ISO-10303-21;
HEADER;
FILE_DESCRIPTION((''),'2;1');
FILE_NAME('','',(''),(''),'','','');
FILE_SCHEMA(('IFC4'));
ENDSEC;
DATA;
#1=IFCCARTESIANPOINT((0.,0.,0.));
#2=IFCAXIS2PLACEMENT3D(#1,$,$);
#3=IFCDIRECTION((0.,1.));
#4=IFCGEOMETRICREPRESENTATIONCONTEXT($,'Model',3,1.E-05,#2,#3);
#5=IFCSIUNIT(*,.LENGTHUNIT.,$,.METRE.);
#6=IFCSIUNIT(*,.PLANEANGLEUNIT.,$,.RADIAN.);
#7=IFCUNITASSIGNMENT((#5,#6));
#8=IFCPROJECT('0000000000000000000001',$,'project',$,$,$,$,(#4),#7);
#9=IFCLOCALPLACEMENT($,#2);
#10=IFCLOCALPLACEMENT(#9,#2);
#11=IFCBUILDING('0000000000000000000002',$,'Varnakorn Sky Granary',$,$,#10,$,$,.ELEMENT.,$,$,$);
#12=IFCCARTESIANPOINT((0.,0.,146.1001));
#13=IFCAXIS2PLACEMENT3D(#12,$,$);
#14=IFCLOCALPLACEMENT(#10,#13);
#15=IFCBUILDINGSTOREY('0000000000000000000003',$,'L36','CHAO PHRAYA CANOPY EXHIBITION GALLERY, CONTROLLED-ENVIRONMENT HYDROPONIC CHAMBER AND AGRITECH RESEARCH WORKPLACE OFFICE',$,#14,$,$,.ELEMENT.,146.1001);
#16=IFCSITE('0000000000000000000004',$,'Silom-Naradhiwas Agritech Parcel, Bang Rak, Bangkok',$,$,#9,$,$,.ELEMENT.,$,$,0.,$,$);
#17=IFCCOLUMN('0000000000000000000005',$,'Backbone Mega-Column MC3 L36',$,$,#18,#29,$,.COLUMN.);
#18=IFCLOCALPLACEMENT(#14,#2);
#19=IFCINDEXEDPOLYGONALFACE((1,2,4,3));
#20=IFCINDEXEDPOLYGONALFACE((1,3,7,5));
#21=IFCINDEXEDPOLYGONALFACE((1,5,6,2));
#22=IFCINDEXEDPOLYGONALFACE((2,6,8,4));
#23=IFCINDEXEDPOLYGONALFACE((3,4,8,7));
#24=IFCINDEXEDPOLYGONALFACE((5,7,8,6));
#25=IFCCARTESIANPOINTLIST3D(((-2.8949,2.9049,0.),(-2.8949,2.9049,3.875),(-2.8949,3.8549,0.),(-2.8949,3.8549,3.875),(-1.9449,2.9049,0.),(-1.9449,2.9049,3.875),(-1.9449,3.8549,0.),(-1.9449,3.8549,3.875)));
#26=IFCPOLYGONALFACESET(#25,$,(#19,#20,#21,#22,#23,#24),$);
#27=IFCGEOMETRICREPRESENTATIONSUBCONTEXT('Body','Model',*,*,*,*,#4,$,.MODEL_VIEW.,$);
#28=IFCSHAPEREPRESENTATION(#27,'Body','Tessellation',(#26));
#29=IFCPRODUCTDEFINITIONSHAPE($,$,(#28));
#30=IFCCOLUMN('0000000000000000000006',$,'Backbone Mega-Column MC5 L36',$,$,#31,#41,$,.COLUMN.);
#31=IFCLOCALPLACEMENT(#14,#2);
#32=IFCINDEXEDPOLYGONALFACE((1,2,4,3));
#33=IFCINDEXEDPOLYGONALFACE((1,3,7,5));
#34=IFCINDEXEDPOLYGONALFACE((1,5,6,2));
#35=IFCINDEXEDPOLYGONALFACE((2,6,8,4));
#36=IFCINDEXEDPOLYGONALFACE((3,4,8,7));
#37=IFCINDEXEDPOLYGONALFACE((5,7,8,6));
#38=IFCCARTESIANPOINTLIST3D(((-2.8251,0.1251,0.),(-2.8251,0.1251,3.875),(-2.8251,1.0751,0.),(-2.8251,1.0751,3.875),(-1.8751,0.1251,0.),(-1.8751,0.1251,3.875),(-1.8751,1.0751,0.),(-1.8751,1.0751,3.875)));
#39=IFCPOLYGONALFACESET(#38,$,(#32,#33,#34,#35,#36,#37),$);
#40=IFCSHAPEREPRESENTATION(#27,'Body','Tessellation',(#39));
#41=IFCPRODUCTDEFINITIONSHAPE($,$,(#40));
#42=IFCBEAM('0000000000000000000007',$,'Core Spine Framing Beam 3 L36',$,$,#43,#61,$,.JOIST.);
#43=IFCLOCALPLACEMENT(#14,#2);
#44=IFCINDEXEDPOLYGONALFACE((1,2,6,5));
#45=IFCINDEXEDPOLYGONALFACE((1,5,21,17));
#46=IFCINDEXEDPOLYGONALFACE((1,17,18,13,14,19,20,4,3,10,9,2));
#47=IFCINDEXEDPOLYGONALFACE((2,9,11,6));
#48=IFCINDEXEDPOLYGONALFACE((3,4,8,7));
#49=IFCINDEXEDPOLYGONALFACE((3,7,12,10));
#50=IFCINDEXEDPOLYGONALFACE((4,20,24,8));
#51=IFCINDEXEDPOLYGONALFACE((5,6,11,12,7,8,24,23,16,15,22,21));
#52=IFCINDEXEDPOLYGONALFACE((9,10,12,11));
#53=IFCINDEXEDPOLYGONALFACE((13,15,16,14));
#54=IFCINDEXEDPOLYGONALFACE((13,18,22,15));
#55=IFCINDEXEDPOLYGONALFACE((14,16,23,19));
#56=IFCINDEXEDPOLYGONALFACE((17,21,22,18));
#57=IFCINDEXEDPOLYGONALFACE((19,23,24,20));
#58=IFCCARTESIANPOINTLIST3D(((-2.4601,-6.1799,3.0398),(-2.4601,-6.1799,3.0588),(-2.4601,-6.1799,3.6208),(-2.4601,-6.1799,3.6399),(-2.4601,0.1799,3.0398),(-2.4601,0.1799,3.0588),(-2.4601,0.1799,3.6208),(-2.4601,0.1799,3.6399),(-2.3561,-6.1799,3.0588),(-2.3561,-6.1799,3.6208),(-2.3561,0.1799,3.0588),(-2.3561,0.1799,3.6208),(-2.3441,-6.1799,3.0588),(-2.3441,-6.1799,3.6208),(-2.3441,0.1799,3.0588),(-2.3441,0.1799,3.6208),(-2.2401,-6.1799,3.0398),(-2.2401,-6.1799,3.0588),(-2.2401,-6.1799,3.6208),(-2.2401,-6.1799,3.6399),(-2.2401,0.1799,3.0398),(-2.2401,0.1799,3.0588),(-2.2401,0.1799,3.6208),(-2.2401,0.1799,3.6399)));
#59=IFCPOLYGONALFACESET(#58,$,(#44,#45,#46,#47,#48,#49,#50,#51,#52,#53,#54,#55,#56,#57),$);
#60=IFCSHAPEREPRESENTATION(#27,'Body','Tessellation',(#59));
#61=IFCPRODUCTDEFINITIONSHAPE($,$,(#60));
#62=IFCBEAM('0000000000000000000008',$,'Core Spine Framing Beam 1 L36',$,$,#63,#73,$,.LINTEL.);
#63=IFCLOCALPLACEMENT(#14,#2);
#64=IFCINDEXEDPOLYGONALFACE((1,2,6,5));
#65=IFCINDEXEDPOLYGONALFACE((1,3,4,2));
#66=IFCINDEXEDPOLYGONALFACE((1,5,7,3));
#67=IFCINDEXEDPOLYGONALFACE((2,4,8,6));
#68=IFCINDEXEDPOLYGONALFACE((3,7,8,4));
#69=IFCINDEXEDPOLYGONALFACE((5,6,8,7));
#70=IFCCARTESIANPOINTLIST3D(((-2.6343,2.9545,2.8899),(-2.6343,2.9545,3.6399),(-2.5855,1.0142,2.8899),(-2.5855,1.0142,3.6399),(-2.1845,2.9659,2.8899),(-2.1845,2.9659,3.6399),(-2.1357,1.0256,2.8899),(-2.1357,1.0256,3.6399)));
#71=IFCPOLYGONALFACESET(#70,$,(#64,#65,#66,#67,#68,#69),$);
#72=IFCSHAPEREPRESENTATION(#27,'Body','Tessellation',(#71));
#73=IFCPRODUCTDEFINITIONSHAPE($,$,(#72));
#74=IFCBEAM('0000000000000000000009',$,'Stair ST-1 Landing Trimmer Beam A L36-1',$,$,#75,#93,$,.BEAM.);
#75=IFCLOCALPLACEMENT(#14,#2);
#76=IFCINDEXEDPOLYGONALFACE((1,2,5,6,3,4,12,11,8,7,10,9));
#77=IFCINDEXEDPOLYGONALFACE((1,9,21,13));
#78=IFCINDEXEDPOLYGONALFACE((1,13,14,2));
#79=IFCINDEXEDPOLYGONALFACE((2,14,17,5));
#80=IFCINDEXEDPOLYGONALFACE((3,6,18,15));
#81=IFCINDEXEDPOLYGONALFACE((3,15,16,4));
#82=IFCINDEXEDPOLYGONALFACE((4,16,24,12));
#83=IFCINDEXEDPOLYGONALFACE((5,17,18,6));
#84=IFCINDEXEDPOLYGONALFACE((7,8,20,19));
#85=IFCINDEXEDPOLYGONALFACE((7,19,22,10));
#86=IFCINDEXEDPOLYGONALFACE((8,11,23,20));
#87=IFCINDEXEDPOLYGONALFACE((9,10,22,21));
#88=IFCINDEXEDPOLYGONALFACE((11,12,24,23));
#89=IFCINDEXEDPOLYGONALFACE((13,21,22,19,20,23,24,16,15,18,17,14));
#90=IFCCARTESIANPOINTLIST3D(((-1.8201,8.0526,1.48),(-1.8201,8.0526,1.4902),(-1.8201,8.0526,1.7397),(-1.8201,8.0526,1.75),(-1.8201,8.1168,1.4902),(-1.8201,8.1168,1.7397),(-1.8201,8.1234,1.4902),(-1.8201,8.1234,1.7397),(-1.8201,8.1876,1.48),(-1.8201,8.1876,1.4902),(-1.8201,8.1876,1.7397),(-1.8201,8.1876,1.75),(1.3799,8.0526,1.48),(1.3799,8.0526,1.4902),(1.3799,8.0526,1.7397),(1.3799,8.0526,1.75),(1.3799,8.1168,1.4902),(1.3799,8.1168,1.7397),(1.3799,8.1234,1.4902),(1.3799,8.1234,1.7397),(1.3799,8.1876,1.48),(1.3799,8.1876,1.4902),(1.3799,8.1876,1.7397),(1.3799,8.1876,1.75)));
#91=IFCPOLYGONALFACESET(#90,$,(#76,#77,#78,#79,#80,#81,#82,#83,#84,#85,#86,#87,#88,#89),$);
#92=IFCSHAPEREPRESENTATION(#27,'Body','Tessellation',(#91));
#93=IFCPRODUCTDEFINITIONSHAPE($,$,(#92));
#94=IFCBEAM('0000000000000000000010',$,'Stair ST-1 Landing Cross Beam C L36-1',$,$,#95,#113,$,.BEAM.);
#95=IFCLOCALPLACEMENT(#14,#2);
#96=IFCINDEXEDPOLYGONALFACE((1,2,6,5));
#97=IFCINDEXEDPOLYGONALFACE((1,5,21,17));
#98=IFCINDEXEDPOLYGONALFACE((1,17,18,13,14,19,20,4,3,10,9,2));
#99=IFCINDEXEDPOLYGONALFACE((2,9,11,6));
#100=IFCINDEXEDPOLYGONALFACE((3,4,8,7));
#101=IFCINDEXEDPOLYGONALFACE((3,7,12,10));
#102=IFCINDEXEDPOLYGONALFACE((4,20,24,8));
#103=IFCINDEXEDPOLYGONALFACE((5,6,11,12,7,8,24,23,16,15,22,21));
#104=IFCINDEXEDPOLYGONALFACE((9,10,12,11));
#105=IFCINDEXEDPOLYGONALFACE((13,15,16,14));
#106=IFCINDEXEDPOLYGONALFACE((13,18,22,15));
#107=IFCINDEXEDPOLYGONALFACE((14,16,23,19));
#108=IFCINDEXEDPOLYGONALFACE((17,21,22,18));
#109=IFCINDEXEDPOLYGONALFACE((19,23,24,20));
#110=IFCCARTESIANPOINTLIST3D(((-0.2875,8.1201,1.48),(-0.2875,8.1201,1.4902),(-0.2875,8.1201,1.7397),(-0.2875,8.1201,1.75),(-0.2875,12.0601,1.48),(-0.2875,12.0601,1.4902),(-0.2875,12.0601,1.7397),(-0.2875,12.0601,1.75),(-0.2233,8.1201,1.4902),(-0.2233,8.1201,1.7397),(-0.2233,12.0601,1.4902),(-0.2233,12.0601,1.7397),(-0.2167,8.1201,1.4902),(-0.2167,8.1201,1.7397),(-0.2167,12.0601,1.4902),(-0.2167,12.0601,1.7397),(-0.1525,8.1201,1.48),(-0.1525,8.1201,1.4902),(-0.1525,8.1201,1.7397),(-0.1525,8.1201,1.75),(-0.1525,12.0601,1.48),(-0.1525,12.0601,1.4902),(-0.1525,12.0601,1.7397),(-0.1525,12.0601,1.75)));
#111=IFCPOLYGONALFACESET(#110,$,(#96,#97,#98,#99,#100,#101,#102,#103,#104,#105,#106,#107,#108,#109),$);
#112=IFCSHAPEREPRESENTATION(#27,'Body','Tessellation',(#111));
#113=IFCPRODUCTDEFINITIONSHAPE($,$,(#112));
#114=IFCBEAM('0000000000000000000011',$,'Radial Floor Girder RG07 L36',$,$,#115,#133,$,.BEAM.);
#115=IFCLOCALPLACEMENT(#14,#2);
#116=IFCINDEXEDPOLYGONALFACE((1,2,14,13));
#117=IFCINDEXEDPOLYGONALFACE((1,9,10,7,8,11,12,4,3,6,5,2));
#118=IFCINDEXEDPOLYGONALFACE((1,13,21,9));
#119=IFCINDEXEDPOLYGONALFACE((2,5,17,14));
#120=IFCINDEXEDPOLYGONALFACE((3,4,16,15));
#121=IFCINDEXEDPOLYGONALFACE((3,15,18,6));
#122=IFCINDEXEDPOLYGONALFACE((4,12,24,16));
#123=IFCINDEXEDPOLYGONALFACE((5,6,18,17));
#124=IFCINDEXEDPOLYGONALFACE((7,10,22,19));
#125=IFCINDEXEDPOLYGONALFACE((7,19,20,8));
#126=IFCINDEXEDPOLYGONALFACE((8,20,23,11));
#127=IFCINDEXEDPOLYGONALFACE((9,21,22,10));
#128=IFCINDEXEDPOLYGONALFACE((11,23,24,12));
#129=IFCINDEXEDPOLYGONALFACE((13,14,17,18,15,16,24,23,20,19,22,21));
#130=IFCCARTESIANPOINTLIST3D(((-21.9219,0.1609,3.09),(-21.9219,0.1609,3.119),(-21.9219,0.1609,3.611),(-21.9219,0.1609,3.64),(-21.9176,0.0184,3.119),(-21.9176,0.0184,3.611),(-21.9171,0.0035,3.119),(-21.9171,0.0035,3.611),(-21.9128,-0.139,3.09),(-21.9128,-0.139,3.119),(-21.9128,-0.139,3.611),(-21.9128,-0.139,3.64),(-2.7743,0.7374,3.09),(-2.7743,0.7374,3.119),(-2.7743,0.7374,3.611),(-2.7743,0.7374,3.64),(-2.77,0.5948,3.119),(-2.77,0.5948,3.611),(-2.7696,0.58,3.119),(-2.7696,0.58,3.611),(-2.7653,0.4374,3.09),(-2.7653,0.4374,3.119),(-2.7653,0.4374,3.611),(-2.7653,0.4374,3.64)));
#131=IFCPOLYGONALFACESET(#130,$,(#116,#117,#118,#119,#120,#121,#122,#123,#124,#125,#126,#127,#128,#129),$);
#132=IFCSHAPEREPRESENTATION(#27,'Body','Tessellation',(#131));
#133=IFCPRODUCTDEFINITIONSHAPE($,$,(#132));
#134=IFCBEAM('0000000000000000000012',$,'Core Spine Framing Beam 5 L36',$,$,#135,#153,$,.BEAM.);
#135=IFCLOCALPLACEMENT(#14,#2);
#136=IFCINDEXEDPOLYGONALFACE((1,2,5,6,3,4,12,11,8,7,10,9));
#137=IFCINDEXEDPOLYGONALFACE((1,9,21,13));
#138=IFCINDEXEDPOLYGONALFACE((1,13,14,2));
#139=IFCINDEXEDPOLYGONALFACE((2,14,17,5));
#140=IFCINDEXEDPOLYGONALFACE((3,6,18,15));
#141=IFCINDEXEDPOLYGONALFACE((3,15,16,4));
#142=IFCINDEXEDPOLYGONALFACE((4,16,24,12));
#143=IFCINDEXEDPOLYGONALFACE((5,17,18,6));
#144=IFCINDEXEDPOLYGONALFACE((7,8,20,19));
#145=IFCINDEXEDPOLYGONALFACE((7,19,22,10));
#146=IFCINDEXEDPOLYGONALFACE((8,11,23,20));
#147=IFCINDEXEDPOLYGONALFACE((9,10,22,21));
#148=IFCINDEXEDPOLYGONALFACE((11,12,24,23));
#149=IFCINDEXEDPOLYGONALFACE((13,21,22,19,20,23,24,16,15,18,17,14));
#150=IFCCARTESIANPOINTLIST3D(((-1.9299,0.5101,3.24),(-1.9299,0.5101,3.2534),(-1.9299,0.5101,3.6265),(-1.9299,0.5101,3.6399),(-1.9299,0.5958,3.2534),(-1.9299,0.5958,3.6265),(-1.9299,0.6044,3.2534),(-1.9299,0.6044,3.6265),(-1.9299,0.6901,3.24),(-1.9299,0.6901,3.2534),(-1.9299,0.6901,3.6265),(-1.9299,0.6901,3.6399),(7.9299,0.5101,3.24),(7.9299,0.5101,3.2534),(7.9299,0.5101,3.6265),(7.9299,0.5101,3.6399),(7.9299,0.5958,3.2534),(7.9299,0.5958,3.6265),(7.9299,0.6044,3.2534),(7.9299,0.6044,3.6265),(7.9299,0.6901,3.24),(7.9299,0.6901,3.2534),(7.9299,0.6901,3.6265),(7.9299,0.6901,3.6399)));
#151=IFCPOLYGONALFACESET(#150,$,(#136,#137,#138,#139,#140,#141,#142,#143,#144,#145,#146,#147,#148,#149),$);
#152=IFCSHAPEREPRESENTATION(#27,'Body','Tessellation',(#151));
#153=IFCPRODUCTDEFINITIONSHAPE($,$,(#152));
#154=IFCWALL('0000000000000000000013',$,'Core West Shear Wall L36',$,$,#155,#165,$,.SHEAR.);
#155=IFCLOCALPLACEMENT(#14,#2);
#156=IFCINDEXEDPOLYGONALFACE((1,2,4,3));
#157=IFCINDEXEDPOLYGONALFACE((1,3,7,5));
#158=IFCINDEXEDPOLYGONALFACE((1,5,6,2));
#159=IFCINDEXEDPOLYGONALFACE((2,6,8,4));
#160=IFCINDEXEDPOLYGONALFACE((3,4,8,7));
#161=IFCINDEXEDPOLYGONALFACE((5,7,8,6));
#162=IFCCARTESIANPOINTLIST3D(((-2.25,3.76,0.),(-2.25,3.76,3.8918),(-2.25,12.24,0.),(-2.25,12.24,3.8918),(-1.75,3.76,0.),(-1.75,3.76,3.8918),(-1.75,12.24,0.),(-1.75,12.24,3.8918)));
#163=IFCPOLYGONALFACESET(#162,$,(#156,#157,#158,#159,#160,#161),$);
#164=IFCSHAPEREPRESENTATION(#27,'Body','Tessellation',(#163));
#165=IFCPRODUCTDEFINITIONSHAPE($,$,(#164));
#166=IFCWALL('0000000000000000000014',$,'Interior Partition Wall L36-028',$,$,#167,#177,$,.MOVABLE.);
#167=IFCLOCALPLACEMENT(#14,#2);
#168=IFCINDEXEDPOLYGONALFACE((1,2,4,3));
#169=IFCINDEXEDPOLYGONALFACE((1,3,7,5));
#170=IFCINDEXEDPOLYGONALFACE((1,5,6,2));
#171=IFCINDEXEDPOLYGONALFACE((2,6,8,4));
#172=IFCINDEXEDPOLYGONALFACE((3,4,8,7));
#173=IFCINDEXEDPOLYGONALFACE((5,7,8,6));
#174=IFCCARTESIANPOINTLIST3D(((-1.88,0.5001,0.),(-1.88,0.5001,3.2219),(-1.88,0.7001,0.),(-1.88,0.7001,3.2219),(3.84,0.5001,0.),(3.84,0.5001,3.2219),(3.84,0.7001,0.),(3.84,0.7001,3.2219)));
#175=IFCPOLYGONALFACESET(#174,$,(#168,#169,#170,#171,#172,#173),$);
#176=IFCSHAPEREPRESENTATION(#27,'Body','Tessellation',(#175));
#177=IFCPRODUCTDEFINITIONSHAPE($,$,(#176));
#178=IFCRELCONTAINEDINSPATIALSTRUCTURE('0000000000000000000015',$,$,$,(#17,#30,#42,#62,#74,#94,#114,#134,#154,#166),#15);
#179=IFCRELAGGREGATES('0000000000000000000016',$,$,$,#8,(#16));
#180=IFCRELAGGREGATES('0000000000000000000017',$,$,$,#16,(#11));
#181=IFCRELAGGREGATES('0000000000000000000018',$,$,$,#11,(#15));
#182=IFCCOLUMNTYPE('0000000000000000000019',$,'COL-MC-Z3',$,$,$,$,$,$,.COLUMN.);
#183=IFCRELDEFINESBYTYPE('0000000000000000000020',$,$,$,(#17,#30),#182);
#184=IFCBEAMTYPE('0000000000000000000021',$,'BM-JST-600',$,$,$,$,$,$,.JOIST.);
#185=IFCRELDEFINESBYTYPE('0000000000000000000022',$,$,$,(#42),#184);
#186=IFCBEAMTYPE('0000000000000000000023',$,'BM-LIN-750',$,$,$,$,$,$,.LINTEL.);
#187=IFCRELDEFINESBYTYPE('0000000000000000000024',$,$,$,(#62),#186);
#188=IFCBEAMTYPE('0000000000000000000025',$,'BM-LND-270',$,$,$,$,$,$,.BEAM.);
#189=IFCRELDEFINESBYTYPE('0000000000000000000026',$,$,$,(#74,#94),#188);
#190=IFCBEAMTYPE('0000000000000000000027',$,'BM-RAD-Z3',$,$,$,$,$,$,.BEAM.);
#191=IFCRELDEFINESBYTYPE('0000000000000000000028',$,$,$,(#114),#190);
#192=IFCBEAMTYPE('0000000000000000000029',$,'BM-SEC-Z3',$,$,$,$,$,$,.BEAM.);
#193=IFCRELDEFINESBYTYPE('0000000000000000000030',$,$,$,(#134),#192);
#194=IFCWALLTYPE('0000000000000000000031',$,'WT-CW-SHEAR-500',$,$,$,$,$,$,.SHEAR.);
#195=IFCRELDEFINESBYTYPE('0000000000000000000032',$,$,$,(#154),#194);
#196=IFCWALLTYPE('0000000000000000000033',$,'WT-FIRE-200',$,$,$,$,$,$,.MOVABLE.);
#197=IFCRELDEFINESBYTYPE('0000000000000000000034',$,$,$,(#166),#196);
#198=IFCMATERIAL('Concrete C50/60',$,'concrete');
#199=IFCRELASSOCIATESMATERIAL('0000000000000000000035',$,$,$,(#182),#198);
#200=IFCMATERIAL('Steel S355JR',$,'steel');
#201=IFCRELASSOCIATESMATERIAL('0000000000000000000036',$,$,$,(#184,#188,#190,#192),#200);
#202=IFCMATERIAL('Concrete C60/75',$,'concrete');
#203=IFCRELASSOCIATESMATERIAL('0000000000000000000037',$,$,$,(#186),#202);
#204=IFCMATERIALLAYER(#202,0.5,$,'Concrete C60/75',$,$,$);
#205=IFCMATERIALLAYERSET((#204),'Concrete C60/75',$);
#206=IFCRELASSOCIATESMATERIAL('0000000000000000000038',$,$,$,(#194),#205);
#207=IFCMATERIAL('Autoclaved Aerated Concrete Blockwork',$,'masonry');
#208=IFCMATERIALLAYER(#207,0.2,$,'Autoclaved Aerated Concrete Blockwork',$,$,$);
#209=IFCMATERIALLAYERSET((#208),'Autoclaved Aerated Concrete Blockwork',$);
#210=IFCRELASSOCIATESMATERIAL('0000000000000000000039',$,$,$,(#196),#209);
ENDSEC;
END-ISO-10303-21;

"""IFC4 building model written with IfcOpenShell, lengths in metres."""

from ifc_helpers import new_model, si_unit, direction, frame, frame_2d, origin, origin_2d, place, context, subcontext, project, spatial, rectangle, i_section, extrude, material, layer, layer_set, material_profile, profile_set, type_object, element, save


model = new_model("IFC4")

# Units and contexts
model_context = context("Model", 3, precision=1e-05, world=origin(), true_north=direction((0.0, 1.0)))
body_context = subcontext(model_context, "Body", "Model", "MODEL_VIEW")
ifc_project = project(units=[si_unit("LENGTHUNIT", "METRE"), si_unit("PLANEANGLEUNIT", "RADIAN")], contexts=[model_context])

# Site, building, storey
site_placement = place(None, origin())
site = spatial("IfcSite", under=ifc_project, at=site_placement, Name="Silom-Naradhiwas Agritech Parcel, Bang Rak, Bangkok", CompositionType="ELEMENT", RefElevation=0.0)
building_placement = place(site_placement, origin())
building = spatial("IfcBuilding", under=site, at=building_placement, Name="Varnakorn Sky Granary", CompositionType="ELEMENT")
storey_placement = place(building_placement, frame((0.0, 0.0, 146.1001)))
storey = spatial("IfcBuildingStorey", under=building, at=storey_placement, Name="L36", Description="CHAO PHRAYA CANOPY EXHIBITION GALLERY, CONTROLLED-ENVIRONMENT HYDROPONIC CHAMBER AND AGRITECH RESEARCH WORKPLACE OFFICE", CompositionType="ELEMENT", Elevation=146.1001)

# Columns
ifc_material_1 = material(Name="Concrete C50/60", Category="concrete")
ifc_material_profile_1 = material_profile(ifc_material_1, rectangle(XDim=0.95, YDim=0.95, at=origin_2d()), Name="RC 950x950")
ifc_profile_set_1 = profile_set([ifc_material_profile_1], Name="Concrete C50/60")
column_type = type_object("IfcColumnType", Name="COL-MC-Z3", PredefinedType="COLUMN", material=ifc_profile_set_1)
for number, where, z_axis, x_axis, name in (
    (1, (-2.4199, 3.3799, 0.0), (0.0, 0.0, 1.0), (1.0, 0.0, 0.0), "Backbone Mega-Column MC3 L36"),
    (2, (-2.3501, 0.6001, 0.0), (0.0, 0.0, 1.0), (1.0, 0.0, 0.0), "Backbone Mega-Column MC5 L36"),
):
    element("IfcColumn", number, at=place(storey_placement, frame(where, z_axis=z_axis, x_axis=x_axis)), inside=storey, type_object=column_type, Name=name, PredefinedType="COLUMN", context=body_context, shape_type="SweptSolid", body=[
        extrude(rectangle(XDim=0.95, YDim=0.95, at=origin_2d()), origin(), (0.0, 0.0, 1.0), 3.875),
    ])

# Beams
ifc_material_2 = material(Name="Steel S355JR", Category="steel")
ifc_material_profile_2 = material_profile(ifc_material_2, i_section(OverallWidth=0.22, OverallDepth=0.6001, WebThickness=0.012, FlangeThickness=0.019, at=origin_2d()), Name="IPE 600")
ifc_profile_set_2 = profile_set([ifc_material_profile_2], Name="Steel S355JR")
beam_type_1 = type_object("IfcBeamType", Name="BM-JST-600", PredefinedType="JOIST", material=ifc_profile_set_2)
beam_1_placement = place(storey_placement, frame((-2.3501, 0.1799, 3.3398), z_axis=(0.0, -1.0, 0.0), x_axis=(1.0, 0.0, 0.0)))
element("IfcBeam", 3, at=beam_1_placement, inside=storey, type_object=beam_type_1, Name="Core Spine Framing Beam 3 L36", PredefinedType="JOIST", context=body_context, shape_type="SweptSolid", body=[
    extrude(i_section(OverallWidth=0.22, OverallDepth=0.6001, WebThickness=0.012, FlangeThickness=0.019, at=origin_2d()), origin(), (0.0, 0.0, 1.0), 6.3599),
])
ifc_material_3 = material(Name="Concrete C60/75", Category="concrete")
ifc_material_profile_3 = material_profile(ifc_material_3, rectangle(XDim=0.45, YDim=0.75, at=origin_2d()), Name="RC 450x750")
ifc_profile_set_3 = profile_set([ifc_material_profile_3], Name="Concrete C60/75")
beam_type_2 = type_object("IfcBeamType", Name="BM-LIN-750", PredefinedType="LINTEL", material=ifc_profile_set_3)
beam_2_placement = place(storey_placement, frame((-2.4094, 2.9602, 3.2649), z_axis=(0.025159, -0.999683, 0.0), x_axis=(0.999683, 0.025159, 0.0)))
element("IfcBeam", 4, at=beam_2_placement, inside=storey, type_object=beam_type_2, Name="Core Spine Framing Beam 1 L36", PredefinedType="LINTEL", context=body_context, shape_type="SweptSolid", body=[
    extrude(rectangle(XDim=0.45, YDim=0.75, at=origin_2d()), origin(), (0.0, 0.0, 1.0), 1.9409),
])
ifc_material_profile_4 = material_profile(ifc_material_2, i_section(OverallWidth=0.135, OverallDepth=0.27, WebThickness=0.0066, FlangeThickness=0.0103, at=origin_2d()), Name="IPE 270")
ifc_profile_set_4 = profile_set([ifc_material_profile_4], Name="Steel S355JR")
beam_type_3 = type_object("IfcBeamType", Name="BM-LND-270", PredefinedType="BEAM", material=ifc_profile_set_4)
beam_3_placement = place(storey_placement, frame((-1.8201, 8.1201, 1.615), z_axis=(1.0, 0.0, 0.0), x_axis=(0.0, 1.0, 0.0)))
element("IfcBeam", 5, at=beam_3_placement, inside=storey, type_object=beam_type_3, Name="Stair ST-1 Landing Trimmer Beam A L36-1", PredefinedType="BEAM", context=body_context, shape_type="SweptSolid", body=[
    extrude(i_section(OverallWidth=0.135, OverallDepth=0.27, WebThickness=0.0066, FlangeThickness=0.0103, at=origin_2d()), origin(), (0.0, 0.0, 1.0), 3.2),
])
beam_4_placement = place(storey_placement, frame((-0.22, 8.1201, 1.615), z_axis=(0.0, 1.0, 0.0), x_axis=(-1.0, 0.0, 0.0)))
element("IfcBeam", 6, at=beam_4_placement, inside=storey, type_object=beam_type_3, Name="Stair ST-1 Landing Cross Beam C L36-1", PredefinedType="BEAM", context=body_context, shape_type="SweptSolid", body=[
    extrude(i_section(OverallWidth=0.135, OverallDepth=0.27, WebThickness=0.0066, FlangeThickness=0.0103, at=origin_2d()), origin(), (0.0, 0.0, 1.0), 3.9399),
])
ifc_material_profile_5 = material_profile(ifc_material_2, i_section(OverallWidth=0.3, OverallDepth=0.55, WebThickness=0.0149, FlangeThickness=0.0291, at=origin_2d()), Name="HE 550 B")
ifc_profile_set_5 = profile_set([ifc_material_profile_5], Name="Steel S355JR")
beam_type_4 = type_object("IfcBeamType", Name="BM-RAD-Z3", PredefinedType="BEAM", material=ifc_profile_set_5)
beam_5_placement = place(storey_placement, frame((-2.7698, 0.5874, 3.365), z_axis=(-0.999547, -0.03009, 0.0), x_axis=(0.03009, -0.999547, 0.0)))
element("IfcBeam", 7, at=beam_5_placement, inside=storey, type_object=beam_type_4, Name="Radial Floor Girder RG07 L36", PredefinedType="BEAM", context=body_context, shape_type="SweptSolid", body=[
    extrude(i_section(OverallWidth=0.3, OverallDepth=0.55, WebThickness=0.0149, FlangeThickness=0.0291, at=origin_2d()), origin(), (0.0, 0.0, 1.0), 19.1562),
])
ifc_material_profile_6 = material_profile(ifc_material_2, i_section(OverallWidth=0.1799, OverallDepth=0.3999, WebThickness=0.0085, FlangeThickness=0.0134, at=origin_2d()), Name="IPE 400")
ifc_profile_set_6 = profile_set([ifc_material_profile_6], Name="Steel S355JR")
beam_type_5 = type_object("IfcBeamType", Name="BM-SEC-Z3", PredefinedType="BEAM", material=ifc_profile_set_6)
beam_6_placement = place(storey_placement, frame((-1.9299, 0.6001, 3.4399), z_axis=(1.0, 0.0, 0.0), x_axis=(0.0, 1.0, 0.0)))
element("IfcBeam", 8, at=beam_6_placement, inside=storey, type_object=beam_type_5, Name="Core Spine Framing Beam 5 L36", PredefinedType="BEAM", context=body_context, shape_type="SweptSolid", body=[
    extrude(i_section(OverallWidth=0.1799, OverallDepth=0.3999, WebThickness=0.0085, FlangeThickness=0.0134, at=origin_2d()), origin(), (0.0, 0.0, 1.0), 9.8599),
])

# Shared definitions
ifc_layer_1 = layer(ifc_material_3, 0.5, Name="Concrete C60/75")
ifc_layer_set_1 = layer_set([ifc_layer_1], Name="Concrete C60/75")
wall_type_1 = type_object("IfcWallType", Name="WT-CW-SHEAR-500", PredefinedType="SHEAR", material=ifc_layer_set_1)

# Walls
wall_1_placement = place(storey_placement, frame((-2.0, 3.76, 0.0), z_axis=(0.0, 0.0, 1.0), x_axis=(0.0, 1.0, 0.0)))
element("IfcWall", 9, at=wall_1_placement, inside=storey, type_object=wall_type_1, Name="Core West Shear Wall L36", PredefinedType="SHEAR", context=body_context, shape_type="SweptSolid", body=[
    extrude(rectangle(XDim=8.48, YDim=0.5, at=frame_2d((4.24, 0.0))), origin(), (0.0, 0.0, 1.0), 3.8918),
])
ifc_material_4 = material(Name="Autoclaved Aerated Concrete Blockwork", Category="masonry")
ifc_layer_2 = layer(ifc_material_4, 0.2, Name="Autoclaved Aerated Concrete Blockwork")
ifc_layer_set_2 = layer_set([ifc_layer_2], Name="Autoclaved Aerated Concrete Blockwork")
wall_type_2 = type_object("IfcWallType", Name="WT-FIRE-200", PredefinedType="MOVABLE", material=ifc_layer_set_2)
wall_2_placement = place(storey_placement, frame((-1.8799, 0.6001, 0.0), z_axis=(0.0, 0.0, 1.0), x_axis=(1.0, 0.0, 0.0)))
element("IfcWall", 10, at=wall_2_placement, inside=storey, type_object=wall_type_2, Name="Interior Partition Wall L36-028", PredefinedType="MOVABLE", context=body_context, shape_type="SweptSolid", body=[
    extrude(rectangle(XDim=5.72, YDim=0.2, at=frame_2d((2.8599, 0.0))), origin(), (0.0, 0.0, 1.0), 3.2219),
])

save(model, "model.ifc")
